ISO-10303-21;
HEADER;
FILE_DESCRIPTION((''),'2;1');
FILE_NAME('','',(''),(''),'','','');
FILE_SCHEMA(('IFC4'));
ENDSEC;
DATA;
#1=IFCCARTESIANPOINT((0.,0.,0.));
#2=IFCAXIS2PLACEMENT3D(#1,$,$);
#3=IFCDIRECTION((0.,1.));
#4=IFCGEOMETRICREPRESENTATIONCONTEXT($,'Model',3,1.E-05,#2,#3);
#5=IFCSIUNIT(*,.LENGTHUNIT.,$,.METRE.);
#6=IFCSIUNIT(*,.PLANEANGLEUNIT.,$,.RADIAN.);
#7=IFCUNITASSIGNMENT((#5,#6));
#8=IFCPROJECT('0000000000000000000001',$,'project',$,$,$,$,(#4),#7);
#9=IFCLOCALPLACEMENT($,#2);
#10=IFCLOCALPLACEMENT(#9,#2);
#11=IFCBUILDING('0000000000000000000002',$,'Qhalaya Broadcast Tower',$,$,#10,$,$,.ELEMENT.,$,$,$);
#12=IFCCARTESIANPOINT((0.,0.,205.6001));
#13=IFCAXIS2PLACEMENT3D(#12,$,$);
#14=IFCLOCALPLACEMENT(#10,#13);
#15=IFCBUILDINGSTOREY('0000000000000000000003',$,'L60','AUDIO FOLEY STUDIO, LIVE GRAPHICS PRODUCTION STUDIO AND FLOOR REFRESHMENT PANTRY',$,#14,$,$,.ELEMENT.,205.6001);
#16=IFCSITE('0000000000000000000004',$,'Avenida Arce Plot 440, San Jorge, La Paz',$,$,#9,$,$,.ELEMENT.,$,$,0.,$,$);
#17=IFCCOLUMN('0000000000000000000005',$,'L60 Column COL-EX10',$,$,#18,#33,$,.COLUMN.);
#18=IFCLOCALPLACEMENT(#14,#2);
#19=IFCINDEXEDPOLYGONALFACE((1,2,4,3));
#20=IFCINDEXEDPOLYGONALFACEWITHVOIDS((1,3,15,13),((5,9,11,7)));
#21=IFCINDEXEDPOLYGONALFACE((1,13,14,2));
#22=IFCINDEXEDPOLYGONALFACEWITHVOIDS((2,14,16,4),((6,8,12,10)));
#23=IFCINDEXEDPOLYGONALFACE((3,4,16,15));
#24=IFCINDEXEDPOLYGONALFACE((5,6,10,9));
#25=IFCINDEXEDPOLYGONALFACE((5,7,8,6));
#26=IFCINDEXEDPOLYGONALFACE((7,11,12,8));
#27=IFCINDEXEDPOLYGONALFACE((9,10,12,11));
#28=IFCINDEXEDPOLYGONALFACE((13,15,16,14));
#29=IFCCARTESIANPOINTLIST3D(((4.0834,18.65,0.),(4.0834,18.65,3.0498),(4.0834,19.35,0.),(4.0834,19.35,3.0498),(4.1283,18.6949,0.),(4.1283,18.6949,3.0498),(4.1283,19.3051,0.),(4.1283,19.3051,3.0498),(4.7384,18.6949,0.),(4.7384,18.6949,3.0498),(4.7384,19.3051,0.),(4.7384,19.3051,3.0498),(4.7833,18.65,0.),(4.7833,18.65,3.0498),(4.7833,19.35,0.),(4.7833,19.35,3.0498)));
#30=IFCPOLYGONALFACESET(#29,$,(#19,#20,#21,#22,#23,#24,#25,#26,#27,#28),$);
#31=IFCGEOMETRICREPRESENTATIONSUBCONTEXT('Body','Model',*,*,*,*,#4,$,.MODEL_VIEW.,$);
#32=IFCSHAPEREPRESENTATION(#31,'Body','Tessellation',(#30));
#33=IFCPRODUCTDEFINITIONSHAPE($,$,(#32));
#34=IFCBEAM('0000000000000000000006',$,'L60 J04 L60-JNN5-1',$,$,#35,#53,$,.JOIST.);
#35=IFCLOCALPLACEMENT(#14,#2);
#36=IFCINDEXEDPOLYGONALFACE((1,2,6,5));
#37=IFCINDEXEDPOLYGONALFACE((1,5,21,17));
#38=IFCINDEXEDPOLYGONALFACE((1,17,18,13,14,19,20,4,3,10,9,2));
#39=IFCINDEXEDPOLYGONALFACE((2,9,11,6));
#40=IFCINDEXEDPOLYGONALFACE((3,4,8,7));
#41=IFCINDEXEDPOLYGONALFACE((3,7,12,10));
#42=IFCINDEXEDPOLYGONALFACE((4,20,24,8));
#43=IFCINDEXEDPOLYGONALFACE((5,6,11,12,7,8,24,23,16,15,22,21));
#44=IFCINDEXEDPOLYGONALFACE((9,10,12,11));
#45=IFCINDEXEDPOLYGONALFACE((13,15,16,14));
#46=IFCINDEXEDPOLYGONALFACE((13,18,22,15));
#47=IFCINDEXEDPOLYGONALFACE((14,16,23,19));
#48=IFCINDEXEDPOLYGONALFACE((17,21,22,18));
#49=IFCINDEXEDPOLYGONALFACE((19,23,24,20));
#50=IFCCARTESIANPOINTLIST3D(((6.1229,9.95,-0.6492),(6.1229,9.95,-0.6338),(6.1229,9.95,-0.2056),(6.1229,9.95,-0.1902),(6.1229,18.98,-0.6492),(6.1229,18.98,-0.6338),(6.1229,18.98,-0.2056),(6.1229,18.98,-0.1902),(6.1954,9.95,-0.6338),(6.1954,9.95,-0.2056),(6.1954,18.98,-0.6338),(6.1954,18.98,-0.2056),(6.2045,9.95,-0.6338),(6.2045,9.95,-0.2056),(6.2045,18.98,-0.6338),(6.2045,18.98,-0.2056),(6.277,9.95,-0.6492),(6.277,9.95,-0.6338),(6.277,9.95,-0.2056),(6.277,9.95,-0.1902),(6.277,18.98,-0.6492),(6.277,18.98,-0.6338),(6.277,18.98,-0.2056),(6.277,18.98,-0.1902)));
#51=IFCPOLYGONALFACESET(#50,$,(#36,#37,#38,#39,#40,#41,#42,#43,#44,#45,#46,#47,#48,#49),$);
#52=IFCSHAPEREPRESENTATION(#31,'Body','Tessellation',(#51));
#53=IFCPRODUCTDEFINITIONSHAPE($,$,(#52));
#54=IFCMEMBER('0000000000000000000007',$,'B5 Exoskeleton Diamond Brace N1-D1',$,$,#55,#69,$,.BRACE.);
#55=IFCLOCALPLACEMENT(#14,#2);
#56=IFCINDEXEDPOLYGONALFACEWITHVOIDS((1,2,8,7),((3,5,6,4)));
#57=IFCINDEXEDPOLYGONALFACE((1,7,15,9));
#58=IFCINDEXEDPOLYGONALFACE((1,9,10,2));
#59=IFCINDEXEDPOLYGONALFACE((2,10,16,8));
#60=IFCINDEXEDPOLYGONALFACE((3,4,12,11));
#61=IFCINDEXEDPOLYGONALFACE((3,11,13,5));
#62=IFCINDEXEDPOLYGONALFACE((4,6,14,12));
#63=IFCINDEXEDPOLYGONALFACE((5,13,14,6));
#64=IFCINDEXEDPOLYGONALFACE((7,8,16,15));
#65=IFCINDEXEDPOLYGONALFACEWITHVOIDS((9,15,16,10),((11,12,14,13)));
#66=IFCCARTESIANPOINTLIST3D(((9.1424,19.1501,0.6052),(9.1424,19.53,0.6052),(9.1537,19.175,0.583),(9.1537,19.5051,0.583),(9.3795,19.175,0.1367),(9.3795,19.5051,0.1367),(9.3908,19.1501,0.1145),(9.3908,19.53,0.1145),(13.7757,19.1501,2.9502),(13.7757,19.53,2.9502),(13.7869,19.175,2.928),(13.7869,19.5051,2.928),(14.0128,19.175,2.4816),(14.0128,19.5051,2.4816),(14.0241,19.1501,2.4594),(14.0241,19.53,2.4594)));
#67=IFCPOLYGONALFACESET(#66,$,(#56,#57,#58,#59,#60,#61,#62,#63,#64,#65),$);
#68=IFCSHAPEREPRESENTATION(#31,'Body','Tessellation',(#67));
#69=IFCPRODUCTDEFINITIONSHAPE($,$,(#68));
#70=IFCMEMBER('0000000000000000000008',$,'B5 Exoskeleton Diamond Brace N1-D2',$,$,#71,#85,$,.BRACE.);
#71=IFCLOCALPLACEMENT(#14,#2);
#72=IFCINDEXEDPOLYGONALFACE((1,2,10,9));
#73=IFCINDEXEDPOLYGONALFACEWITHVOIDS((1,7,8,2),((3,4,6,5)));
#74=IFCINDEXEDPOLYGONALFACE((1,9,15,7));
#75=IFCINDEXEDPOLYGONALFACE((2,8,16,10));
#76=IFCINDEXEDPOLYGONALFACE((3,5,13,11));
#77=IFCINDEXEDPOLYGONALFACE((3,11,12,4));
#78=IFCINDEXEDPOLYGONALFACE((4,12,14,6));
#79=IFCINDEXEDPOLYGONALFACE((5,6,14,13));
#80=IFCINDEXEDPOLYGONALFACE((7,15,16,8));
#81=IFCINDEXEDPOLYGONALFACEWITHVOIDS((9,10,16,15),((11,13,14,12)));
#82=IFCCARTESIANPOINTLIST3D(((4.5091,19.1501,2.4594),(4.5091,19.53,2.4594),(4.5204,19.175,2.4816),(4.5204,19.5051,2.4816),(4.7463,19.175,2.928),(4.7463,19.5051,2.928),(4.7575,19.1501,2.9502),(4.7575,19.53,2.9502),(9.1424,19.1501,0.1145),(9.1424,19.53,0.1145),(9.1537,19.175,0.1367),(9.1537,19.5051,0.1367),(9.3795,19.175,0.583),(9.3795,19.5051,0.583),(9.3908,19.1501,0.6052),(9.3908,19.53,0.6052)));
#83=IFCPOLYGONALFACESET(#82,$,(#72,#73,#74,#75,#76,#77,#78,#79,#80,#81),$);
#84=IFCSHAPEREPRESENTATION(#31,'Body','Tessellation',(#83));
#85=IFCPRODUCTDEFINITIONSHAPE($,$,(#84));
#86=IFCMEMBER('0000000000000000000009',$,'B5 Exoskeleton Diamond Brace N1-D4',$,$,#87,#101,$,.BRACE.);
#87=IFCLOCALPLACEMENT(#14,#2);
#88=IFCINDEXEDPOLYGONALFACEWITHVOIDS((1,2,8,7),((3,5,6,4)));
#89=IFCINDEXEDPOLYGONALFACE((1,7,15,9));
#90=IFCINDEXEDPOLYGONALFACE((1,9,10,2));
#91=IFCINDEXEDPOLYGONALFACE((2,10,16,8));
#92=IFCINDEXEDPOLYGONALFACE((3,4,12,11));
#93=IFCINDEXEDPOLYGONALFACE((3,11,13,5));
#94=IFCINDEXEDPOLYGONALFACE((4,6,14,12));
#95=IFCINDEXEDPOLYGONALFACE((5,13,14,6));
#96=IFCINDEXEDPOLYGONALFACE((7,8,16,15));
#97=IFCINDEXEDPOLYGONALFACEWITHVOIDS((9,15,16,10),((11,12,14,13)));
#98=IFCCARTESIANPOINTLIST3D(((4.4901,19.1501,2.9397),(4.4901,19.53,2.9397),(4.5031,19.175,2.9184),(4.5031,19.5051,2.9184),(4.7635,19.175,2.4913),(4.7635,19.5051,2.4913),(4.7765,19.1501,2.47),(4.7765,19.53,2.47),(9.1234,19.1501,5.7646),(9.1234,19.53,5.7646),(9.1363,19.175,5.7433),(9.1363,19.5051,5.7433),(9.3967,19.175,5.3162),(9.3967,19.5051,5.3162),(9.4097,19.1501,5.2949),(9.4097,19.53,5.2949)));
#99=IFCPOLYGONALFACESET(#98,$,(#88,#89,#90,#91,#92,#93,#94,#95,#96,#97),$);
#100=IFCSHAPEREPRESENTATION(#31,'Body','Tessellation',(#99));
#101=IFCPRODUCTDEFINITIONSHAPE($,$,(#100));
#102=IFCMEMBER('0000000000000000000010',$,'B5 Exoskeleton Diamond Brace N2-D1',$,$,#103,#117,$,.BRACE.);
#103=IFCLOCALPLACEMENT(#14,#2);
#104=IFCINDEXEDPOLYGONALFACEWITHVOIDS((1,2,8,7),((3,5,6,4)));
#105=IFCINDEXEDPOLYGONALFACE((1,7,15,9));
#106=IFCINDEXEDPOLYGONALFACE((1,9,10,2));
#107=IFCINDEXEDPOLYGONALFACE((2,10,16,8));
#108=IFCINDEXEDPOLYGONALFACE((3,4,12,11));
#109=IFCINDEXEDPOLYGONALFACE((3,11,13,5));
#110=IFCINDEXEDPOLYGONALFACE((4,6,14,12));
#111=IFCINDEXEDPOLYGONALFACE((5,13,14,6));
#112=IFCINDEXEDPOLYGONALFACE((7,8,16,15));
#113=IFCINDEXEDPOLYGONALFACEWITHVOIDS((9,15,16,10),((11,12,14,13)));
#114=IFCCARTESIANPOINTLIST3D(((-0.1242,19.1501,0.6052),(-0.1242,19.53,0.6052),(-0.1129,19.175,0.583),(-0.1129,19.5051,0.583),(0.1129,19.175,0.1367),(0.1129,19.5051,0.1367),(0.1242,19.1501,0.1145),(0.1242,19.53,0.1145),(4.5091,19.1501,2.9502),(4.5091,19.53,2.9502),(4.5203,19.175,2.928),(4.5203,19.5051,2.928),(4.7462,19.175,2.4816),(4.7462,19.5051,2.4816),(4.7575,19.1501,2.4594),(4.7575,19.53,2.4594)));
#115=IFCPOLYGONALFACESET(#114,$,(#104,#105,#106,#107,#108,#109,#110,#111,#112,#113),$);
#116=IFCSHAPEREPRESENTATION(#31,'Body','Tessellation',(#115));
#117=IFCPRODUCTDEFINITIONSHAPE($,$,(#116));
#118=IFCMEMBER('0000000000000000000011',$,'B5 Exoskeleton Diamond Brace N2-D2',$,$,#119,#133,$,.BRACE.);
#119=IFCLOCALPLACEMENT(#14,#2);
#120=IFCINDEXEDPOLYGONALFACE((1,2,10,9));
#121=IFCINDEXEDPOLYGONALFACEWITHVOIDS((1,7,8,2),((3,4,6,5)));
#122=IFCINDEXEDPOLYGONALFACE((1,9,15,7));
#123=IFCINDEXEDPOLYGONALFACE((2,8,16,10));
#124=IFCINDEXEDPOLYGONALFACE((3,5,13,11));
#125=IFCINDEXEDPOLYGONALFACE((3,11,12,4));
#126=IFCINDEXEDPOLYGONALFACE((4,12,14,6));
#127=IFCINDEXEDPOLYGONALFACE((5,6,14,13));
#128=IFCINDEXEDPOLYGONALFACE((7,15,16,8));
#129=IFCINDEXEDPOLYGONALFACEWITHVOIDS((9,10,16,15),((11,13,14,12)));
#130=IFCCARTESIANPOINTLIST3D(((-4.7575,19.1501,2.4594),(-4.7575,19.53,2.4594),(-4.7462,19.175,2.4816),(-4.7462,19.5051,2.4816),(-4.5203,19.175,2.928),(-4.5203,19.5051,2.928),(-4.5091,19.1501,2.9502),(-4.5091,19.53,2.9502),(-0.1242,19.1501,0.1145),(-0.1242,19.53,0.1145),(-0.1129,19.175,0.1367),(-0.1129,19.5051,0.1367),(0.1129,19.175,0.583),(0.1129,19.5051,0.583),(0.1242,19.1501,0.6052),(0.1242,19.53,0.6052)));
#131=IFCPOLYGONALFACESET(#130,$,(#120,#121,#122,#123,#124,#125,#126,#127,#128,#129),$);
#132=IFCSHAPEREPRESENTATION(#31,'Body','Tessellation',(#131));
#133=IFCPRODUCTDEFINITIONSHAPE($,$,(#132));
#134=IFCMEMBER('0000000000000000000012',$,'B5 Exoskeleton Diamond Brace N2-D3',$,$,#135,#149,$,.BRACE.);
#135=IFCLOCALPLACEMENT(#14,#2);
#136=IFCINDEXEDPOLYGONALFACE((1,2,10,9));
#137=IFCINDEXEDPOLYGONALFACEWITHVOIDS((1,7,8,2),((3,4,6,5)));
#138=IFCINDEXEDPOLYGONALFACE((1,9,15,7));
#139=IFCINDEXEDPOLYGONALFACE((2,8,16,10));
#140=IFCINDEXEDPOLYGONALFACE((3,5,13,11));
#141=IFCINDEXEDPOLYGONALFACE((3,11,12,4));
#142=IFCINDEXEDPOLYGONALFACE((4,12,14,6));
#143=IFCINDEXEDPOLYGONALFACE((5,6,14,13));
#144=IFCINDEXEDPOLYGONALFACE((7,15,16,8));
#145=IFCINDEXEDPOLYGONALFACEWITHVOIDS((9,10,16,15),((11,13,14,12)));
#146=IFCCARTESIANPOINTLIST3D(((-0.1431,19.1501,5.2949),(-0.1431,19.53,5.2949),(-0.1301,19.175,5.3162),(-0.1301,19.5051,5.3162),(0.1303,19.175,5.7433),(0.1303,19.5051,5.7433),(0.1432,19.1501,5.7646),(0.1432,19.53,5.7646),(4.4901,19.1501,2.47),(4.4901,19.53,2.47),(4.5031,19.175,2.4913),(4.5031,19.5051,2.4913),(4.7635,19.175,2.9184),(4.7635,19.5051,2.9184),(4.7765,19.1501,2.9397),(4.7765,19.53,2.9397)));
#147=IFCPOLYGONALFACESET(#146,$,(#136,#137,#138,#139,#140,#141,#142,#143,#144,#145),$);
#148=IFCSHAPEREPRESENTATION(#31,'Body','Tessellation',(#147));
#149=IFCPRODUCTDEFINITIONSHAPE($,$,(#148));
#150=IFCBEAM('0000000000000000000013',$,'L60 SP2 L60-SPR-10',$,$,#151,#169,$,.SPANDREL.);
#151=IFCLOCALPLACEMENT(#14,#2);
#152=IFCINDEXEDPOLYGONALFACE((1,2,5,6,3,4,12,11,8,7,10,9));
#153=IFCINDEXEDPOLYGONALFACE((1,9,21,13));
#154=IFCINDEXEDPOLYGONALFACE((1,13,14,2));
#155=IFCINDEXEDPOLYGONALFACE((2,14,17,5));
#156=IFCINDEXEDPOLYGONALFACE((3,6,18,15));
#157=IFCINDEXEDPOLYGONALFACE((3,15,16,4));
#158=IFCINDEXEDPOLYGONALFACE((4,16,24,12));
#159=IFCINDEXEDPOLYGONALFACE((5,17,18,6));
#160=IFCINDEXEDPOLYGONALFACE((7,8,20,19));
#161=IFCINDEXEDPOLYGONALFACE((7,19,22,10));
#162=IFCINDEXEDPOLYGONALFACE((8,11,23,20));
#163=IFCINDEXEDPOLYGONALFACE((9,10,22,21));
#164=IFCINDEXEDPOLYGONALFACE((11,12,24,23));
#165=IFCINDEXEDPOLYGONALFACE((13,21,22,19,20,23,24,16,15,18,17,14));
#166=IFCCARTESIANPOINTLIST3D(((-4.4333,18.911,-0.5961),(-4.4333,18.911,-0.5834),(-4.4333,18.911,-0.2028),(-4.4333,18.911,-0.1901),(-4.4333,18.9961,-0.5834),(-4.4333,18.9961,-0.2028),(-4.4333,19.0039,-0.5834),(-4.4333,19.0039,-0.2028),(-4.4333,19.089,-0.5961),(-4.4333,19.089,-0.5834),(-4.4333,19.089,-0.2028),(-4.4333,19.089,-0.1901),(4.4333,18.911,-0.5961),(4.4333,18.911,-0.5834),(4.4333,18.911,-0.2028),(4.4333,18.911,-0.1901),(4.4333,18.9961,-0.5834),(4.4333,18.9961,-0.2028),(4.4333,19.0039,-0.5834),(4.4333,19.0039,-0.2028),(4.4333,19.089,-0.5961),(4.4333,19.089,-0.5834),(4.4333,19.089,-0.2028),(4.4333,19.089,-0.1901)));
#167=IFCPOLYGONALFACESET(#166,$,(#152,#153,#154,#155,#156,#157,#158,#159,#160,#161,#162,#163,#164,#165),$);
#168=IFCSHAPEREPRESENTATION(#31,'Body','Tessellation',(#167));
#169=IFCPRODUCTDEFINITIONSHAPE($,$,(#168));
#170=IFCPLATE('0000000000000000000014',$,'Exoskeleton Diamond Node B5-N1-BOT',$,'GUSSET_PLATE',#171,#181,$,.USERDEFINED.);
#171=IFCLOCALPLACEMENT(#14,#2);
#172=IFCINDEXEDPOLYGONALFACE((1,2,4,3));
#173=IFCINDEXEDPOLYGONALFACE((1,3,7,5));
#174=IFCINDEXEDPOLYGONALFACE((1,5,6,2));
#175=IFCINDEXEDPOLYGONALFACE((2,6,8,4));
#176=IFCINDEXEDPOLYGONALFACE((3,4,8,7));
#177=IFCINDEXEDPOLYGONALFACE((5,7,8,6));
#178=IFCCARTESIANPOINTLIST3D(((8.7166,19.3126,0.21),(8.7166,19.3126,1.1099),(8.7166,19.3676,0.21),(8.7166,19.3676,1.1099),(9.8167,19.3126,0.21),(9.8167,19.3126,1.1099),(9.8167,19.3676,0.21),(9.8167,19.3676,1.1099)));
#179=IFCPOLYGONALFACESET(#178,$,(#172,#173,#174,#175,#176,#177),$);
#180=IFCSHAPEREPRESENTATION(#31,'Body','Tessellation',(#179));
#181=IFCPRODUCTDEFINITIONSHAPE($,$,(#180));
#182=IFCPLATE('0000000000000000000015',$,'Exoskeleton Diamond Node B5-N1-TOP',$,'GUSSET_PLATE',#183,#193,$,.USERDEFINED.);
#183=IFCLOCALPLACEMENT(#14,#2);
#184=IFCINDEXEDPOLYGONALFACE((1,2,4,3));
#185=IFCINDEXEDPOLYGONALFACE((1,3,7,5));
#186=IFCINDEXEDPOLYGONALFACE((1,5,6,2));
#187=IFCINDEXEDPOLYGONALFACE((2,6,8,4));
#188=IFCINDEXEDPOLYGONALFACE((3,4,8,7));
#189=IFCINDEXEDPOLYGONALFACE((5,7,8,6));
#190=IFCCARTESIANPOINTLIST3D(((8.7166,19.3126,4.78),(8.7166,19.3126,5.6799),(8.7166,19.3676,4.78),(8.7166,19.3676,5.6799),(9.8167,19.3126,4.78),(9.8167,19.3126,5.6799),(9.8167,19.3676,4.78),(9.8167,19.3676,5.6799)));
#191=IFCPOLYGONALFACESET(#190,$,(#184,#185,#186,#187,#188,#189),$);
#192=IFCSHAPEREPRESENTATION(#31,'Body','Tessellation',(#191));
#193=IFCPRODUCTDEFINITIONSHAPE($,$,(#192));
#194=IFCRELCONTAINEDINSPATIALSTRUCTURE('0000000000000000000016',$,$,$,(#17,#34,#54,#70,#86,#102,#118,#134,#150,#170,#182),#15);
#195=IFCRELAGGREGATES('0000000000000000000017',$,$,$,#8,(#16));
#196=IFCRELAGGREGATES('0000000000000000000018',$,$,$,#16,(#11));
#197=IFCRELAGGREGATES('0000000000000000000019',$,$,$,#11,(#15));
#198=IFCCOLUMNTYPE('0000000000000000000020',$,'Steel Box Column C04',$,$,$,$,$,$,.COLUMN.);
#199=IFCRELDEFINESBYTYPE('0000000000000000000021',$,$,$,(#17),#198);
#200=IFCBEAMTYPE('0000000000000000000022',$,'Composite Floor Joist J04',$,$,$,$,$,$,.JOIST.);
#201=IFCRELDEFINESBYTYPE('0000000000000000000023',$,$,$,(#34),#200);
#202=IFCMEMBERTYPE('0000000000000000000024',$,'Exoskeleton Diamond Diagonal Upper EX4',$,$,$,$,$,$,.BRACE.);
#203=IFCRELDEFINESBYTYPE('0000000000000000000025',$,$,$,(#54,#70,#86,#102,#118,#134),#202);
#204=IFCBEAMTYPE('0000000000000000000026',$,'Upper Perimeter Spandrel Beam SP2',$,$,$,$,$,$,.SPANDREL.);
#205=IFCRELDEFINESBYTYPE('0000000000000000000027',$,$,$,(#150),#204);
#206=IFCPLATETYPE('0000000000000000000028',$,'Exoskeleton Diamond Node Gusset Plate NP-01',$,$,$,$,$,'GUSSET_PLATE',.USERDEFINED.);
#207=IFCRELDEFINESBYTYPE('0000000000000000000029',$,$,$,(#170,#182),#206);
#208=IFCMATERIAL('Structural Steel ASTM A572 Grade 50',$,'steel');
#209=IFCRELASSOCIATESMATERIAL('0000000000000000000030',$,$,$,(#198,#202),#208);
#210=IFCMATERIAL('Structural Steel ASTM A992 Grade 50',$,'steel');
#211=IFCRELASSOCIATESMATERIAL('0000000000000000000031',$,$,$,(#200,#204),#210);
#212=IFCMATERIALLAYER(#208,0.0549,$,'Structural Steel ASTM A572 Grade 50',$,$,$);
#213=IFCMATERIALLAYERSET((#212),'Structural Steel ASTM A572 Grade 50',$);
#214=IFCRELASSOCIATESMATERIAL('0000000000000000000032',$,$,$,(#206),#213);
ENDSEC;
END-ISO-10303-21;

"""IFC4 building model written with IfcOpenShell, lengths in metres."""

from ifc_helpers import new_model, si_unit, direction, frame, origin, origin_2d, place, context, subcontext, project, spatial, rectangle, hollow_rectangle, i_section, extrude, material, layer, layer_set, material_profile, profile_set, type_object, element, save


model = new_model("IFC4")

# Units and contexts
model_context = context("Model", 3, precision=1e-05, world=origin(), true_north=direction((0.0, 1.0)))
body_context = subcontext(model_context, "Body", "Model", "MODEL_VIEW")
ifc_project = project(units=[si_unit("LENGTHUNIT", "METRE"), si_unit("PLANEANGLEUNIT", "RADIAN")], contexts=[model_context])

# Site, building, storey
site_placement = place(None, origin())
site = spatial("IfcSite", under=ifc_project, at=site_placement, Name="Avenida Arce Plot 440, San Jorge, La Paz", CompositionType="ELEMENT", RefElevation=0.0)
building_placement = place(site_placement, origin())
building = spatial("IfcBuilding", under=site, at=building_placement, Name="Qhalaya Broadcast Tower", CompositionType="ELEMENT")
storey_placement = place(building_placement, frame((0.0, 0.0, 205.6001)))
storey = spatial("IfcBuildingStorey", under=building, at=storey_placement, Name="L60", Description="AUDIO FOLEY STUDIO, LIVE GRAPHICS PRODUCTION STUDIO AND FLOOR REFRESHMENT PANTRY", CompositionType="ELEMENT", Elevation=205.6001)

# Column
ifc_material_1 = material(Name="Structural Steel ASTM A572 Grade 50", Category="steel")
ifc_material_profile_1 = material_profile(ifc_material_1, hollow_rectangle(XDim=0.7, YDim=0.7, WallThickness=0.0449, at=origin_2d()), Name="BOX 700x700x45")
ifc_profile_set_1 = profile_set([ifc_material_profile_1], Name="Structural Steel ASTM A572 Grade 50")
column_type = type_object("IfcColumnType", Name="Steel Box Column C04", PredefinedType="COLUMN", material=ifc_profile_set_1)
column_placement = place(storey_placement, frame((4.4333, 19.0, 0.0), z_axis=(0.0, 0.0, 1.0), x_axis=(1.0, 0.0, 0.0)))
element("IfcColumn", 1, at=column_placement, inside=storey, type_object=column_type, Name="L60 Column COL-EX10", PredefinedType="COLUMN", context=body_context, shape_type="SweptSolid", body=[
    extrude(hollow_rectangle(XDim=0.7, YDim=0.7, WallThickness=0.0449, at=origin_2d()), origin(), (0.0, 0.0, 1.0), 3.0498),
])

# Beam
ifc_material_2 = material(Name="Structural Steel ASTM A992 Grade 50", Category="steel")
ifc_material_profile_2 = material_profile(ifc_material_2, i_section(OverallWidth=0.1541, OverallDepth=0.459, WebThickness=0.009, FlangeThickness=0.0154, at=origin_2d()), Name="W18X46")
ifc_profile_set_2 = profile_set([ifc_material_profile_2], Name="Structural Steel ASTM A992 Grade 50")
beam_type_1 = type_object("IfcBeamType", Name="Composite Floor Joist J04", PredefinedType="JOIST", material=ifc_profile_set_2)
beam_1_placement = place(storey_placement, frame((6.2, 9.95, -0.4197), z_axis=(0.0, 1.0, 0.0), x_axis=(-1.0, 0.0, 0.0)))
element("IfcBeam", 2, at=beam_1_placement, inside=storey, type_object=beam_type_1, Name="L60 J04 L60-JNN5-1", PredefinedType="JOIST", context=body_context, shape_type="SweptSolid", body=[
    extrude(i_section(OverallWidth=0.1541, OverallDepth=0.459, WebThickness=0.009, FlangeThickness=0.0154, at=origin_2d()), origin(), (0.0, 0.0, 1.0), 9.03),
])

# Members
ifc_material_profile_3 = material_profile(ifc_material_1, hollow_rectangle(XDim=0.3799, YDim=0.55, WallThickness=0.0249, at=origin_2d()), Name="BOX 380x550x25")
ifc_profile_set_3 = profile_set([ifc_material_profile_3], Name="Structural Steel ASTM A572 Grade 50")
member_type = type_object("IfcMemberType", Name="Exoskeleton Diamond Diagonal Upper EX4", PredefinedType="BRACE", material=ifc_profile_set_3)
for number, where, z_axis, x_axis, name in (
    (3, (9.2666, 19.3401, 0.3599), (0.892235, 0.0, 0.451571), (0.0, 1.0, 0.0), "B5 Exoskeleton Diamond Brace N1-D1"),
    (4, (9.2666, 19.3401, 0.3599), (-0.892235, 0.0, 0.451571), (0.0, -1.0, 0.0), "B5 Exoskeleton Diamond Brace N1-D2"),
):
    element("IfcMember", number, at=place(storey_placement, frame(where, z_axis=z_axis, x_axis=x_axis)), inside=storey, type_object=member_type, Name=name, PredefinedType="BRACE", context=body_context, shape_type="SweptSolid", body=[
        extrude(hollow_rectangle(XDim=0.3799, YDim=0.55, WallThickness=0.0249, at=origin_2d()), origin(), (0.0, 0.0, 1.0), 5.1929),
    ])
member_1_placement = place(storey_placement, frame((4.6333, 19.3401, 2.7048), z_axis=(0.853815, 0.0, 0.520576), x_axis=(0.0, 1.0, 0.0)))
element("IfcMember", 5, at=member_1_placement, inside=storey, type_object=member_type, Name="B5 Exoskeleton Diamond Brace N1-D4", PredefinedType="BRACE", context=body_context, shape_type="SweptSolid", body=[
    extrude(hollow_rectangle(XDim=0.3799, YDim=0.55, WallThickness=0.0249, at=origin_2d()), origin(), (0.0, 0.0, 1.0), 5.4265),
])
for number, where, z_axis, x_axis, name in (
    (6, (0.0, 19.3401, 0.3599), (0.892235, 0.0, 0.451571), (0.0, 1.0, 0.0), "B5 Exoskeleton Diamond Brace N2-D1"),
    (7, (0.0, 19.3401, 0.3599), (-0.892235, 0.0, 0.451571), (0.0, -1.0, 0.0), "B5 Exoskeleton Diamond Brace N2-D2"),
):
    element("IfcMember", number, at=place(storey_placement, frame(where, z_axis=z_axis, x_axis=x_axis)), inside=storey, type_object=member_type, Name=name, PredefinedType="BRACE", context=body_context, shape_type="SweptSolid", body=[
        extrude(hollow_rectangle(XDim=0.3799, YDim=0.55, WallThickness=0.0249, at=origin_2d()), origin(), (0.0, 0.0, 1.0), 5.1929),
    ])
member_2_placement = place(storey_placement, frame((4.6333, 19.3401, 2.7048), z_axis=(-0.853815, 0.0, 0.520576), x_axis=(0.0, -1.0, 0.0)))
element("IfcMember", 8, at=member_2_placement, inside=storey, type_object=member_type, Name="B5 Exoskeleton Diamond Brace N2-D3", PredefinedType="BRACE", context=body_context, shape_type="SweptSolid", body=[
    extrude(hollow_rectangle(XDim=0.3799, YDim=0.55, WallThickness=0.0249, at=origin_2d()), origin(), (0.0, 0.0, 1.0), 5.4265),
])

# Beam
ifc_material_profile_4 = material_profile(ifc_material_2, i_section(OverallWidth=0.178, OverallDepth=0.406, WebThickness=0.0078, FlangeThickness=0.0127, at=origin_2d()), Name="W16X40")
ifc_profile_set_4 = profile_set([ifc_material_profile_4], Name="Structural Steel ASTM A992 Grade 50")
beam_type_2 = type_object("IfcBeamType", Name="Upper Perimeter Spandrel Beam SP2", PredefinedType="SPANDREL", material=ifc_profile_set_4)
beam_2_placement = place(storey_placement, frame((4.4333, 19.0, -0.3931), z_axis=(-1.0, 0.0, 0.0), x_axis=(0.0, -1.0, 0.0)))
element("IfcBeam", 9, at=beam_2_placement, inside=storey, type_object=beam_type_2, Name="L60 SP2 L60-SPR-10", PredefinedType="SPANDREL", context=body_context, shape_type="SweptSolid", body=[
    extrude(i_section(OverallWidth=0.178, OverallDepth=0.406, WebThickness=0.0078, FlangeThickness=0.0127, at=origin_2d()), origin(), (0.0, 0.0, 1.0), 8.8667),
])

# Plates
ifc_layer_1 = layer(ifc_material_1, 0.0549, Name="Structural Steel ASTM A572 Grade 50")
ifc_layer_set_1 = layer_set([ifc_layer_1], Name="Structural Steel ASTM A572 Grade 50")
plate_type_1 = type_object("IfcPlateType", Name="Exoskeleton Diamond Node Gusset Plate NP-01", ElementType="GUSSET_PLATE", PredefinedType="USERDEFINED", material=ifc_layer_set_1)
for number, where, z_axis, x_axis, name in (
    (10, (9.2666, 19.3401, 0.21), (0.0, 0.0, 1.0), (1.0, 0.0, 0.0), "Exoskeleton Diamond Node B5-N1-BOT"),
    (11, (9.2666, 19.3401, 4.78), (0.0, 0.0, 1.0), (1.0, 0.0, 0.0), "Exoskeleton Diamond Node B5-N1-TOP"),
):
    element("IfcPlate", number, at=place(storey_placement, frame(where, z_axis=z_axis, x_axis=x_axis)), inside=storey, type_object=plate_type_1, Name=name, ObjectType="GUSSET_PLATE", PredefinedType="USERDEFINED", context=body_context, shape_type="SweptSolid", body=[
        extrude(rectangle(XDim=1.1001, YDim=0.0549, at=origin_2d()), origin(), (0.0, 0.0, 1.0), 0.8999),
    ])

save(model, "model.ifc")
